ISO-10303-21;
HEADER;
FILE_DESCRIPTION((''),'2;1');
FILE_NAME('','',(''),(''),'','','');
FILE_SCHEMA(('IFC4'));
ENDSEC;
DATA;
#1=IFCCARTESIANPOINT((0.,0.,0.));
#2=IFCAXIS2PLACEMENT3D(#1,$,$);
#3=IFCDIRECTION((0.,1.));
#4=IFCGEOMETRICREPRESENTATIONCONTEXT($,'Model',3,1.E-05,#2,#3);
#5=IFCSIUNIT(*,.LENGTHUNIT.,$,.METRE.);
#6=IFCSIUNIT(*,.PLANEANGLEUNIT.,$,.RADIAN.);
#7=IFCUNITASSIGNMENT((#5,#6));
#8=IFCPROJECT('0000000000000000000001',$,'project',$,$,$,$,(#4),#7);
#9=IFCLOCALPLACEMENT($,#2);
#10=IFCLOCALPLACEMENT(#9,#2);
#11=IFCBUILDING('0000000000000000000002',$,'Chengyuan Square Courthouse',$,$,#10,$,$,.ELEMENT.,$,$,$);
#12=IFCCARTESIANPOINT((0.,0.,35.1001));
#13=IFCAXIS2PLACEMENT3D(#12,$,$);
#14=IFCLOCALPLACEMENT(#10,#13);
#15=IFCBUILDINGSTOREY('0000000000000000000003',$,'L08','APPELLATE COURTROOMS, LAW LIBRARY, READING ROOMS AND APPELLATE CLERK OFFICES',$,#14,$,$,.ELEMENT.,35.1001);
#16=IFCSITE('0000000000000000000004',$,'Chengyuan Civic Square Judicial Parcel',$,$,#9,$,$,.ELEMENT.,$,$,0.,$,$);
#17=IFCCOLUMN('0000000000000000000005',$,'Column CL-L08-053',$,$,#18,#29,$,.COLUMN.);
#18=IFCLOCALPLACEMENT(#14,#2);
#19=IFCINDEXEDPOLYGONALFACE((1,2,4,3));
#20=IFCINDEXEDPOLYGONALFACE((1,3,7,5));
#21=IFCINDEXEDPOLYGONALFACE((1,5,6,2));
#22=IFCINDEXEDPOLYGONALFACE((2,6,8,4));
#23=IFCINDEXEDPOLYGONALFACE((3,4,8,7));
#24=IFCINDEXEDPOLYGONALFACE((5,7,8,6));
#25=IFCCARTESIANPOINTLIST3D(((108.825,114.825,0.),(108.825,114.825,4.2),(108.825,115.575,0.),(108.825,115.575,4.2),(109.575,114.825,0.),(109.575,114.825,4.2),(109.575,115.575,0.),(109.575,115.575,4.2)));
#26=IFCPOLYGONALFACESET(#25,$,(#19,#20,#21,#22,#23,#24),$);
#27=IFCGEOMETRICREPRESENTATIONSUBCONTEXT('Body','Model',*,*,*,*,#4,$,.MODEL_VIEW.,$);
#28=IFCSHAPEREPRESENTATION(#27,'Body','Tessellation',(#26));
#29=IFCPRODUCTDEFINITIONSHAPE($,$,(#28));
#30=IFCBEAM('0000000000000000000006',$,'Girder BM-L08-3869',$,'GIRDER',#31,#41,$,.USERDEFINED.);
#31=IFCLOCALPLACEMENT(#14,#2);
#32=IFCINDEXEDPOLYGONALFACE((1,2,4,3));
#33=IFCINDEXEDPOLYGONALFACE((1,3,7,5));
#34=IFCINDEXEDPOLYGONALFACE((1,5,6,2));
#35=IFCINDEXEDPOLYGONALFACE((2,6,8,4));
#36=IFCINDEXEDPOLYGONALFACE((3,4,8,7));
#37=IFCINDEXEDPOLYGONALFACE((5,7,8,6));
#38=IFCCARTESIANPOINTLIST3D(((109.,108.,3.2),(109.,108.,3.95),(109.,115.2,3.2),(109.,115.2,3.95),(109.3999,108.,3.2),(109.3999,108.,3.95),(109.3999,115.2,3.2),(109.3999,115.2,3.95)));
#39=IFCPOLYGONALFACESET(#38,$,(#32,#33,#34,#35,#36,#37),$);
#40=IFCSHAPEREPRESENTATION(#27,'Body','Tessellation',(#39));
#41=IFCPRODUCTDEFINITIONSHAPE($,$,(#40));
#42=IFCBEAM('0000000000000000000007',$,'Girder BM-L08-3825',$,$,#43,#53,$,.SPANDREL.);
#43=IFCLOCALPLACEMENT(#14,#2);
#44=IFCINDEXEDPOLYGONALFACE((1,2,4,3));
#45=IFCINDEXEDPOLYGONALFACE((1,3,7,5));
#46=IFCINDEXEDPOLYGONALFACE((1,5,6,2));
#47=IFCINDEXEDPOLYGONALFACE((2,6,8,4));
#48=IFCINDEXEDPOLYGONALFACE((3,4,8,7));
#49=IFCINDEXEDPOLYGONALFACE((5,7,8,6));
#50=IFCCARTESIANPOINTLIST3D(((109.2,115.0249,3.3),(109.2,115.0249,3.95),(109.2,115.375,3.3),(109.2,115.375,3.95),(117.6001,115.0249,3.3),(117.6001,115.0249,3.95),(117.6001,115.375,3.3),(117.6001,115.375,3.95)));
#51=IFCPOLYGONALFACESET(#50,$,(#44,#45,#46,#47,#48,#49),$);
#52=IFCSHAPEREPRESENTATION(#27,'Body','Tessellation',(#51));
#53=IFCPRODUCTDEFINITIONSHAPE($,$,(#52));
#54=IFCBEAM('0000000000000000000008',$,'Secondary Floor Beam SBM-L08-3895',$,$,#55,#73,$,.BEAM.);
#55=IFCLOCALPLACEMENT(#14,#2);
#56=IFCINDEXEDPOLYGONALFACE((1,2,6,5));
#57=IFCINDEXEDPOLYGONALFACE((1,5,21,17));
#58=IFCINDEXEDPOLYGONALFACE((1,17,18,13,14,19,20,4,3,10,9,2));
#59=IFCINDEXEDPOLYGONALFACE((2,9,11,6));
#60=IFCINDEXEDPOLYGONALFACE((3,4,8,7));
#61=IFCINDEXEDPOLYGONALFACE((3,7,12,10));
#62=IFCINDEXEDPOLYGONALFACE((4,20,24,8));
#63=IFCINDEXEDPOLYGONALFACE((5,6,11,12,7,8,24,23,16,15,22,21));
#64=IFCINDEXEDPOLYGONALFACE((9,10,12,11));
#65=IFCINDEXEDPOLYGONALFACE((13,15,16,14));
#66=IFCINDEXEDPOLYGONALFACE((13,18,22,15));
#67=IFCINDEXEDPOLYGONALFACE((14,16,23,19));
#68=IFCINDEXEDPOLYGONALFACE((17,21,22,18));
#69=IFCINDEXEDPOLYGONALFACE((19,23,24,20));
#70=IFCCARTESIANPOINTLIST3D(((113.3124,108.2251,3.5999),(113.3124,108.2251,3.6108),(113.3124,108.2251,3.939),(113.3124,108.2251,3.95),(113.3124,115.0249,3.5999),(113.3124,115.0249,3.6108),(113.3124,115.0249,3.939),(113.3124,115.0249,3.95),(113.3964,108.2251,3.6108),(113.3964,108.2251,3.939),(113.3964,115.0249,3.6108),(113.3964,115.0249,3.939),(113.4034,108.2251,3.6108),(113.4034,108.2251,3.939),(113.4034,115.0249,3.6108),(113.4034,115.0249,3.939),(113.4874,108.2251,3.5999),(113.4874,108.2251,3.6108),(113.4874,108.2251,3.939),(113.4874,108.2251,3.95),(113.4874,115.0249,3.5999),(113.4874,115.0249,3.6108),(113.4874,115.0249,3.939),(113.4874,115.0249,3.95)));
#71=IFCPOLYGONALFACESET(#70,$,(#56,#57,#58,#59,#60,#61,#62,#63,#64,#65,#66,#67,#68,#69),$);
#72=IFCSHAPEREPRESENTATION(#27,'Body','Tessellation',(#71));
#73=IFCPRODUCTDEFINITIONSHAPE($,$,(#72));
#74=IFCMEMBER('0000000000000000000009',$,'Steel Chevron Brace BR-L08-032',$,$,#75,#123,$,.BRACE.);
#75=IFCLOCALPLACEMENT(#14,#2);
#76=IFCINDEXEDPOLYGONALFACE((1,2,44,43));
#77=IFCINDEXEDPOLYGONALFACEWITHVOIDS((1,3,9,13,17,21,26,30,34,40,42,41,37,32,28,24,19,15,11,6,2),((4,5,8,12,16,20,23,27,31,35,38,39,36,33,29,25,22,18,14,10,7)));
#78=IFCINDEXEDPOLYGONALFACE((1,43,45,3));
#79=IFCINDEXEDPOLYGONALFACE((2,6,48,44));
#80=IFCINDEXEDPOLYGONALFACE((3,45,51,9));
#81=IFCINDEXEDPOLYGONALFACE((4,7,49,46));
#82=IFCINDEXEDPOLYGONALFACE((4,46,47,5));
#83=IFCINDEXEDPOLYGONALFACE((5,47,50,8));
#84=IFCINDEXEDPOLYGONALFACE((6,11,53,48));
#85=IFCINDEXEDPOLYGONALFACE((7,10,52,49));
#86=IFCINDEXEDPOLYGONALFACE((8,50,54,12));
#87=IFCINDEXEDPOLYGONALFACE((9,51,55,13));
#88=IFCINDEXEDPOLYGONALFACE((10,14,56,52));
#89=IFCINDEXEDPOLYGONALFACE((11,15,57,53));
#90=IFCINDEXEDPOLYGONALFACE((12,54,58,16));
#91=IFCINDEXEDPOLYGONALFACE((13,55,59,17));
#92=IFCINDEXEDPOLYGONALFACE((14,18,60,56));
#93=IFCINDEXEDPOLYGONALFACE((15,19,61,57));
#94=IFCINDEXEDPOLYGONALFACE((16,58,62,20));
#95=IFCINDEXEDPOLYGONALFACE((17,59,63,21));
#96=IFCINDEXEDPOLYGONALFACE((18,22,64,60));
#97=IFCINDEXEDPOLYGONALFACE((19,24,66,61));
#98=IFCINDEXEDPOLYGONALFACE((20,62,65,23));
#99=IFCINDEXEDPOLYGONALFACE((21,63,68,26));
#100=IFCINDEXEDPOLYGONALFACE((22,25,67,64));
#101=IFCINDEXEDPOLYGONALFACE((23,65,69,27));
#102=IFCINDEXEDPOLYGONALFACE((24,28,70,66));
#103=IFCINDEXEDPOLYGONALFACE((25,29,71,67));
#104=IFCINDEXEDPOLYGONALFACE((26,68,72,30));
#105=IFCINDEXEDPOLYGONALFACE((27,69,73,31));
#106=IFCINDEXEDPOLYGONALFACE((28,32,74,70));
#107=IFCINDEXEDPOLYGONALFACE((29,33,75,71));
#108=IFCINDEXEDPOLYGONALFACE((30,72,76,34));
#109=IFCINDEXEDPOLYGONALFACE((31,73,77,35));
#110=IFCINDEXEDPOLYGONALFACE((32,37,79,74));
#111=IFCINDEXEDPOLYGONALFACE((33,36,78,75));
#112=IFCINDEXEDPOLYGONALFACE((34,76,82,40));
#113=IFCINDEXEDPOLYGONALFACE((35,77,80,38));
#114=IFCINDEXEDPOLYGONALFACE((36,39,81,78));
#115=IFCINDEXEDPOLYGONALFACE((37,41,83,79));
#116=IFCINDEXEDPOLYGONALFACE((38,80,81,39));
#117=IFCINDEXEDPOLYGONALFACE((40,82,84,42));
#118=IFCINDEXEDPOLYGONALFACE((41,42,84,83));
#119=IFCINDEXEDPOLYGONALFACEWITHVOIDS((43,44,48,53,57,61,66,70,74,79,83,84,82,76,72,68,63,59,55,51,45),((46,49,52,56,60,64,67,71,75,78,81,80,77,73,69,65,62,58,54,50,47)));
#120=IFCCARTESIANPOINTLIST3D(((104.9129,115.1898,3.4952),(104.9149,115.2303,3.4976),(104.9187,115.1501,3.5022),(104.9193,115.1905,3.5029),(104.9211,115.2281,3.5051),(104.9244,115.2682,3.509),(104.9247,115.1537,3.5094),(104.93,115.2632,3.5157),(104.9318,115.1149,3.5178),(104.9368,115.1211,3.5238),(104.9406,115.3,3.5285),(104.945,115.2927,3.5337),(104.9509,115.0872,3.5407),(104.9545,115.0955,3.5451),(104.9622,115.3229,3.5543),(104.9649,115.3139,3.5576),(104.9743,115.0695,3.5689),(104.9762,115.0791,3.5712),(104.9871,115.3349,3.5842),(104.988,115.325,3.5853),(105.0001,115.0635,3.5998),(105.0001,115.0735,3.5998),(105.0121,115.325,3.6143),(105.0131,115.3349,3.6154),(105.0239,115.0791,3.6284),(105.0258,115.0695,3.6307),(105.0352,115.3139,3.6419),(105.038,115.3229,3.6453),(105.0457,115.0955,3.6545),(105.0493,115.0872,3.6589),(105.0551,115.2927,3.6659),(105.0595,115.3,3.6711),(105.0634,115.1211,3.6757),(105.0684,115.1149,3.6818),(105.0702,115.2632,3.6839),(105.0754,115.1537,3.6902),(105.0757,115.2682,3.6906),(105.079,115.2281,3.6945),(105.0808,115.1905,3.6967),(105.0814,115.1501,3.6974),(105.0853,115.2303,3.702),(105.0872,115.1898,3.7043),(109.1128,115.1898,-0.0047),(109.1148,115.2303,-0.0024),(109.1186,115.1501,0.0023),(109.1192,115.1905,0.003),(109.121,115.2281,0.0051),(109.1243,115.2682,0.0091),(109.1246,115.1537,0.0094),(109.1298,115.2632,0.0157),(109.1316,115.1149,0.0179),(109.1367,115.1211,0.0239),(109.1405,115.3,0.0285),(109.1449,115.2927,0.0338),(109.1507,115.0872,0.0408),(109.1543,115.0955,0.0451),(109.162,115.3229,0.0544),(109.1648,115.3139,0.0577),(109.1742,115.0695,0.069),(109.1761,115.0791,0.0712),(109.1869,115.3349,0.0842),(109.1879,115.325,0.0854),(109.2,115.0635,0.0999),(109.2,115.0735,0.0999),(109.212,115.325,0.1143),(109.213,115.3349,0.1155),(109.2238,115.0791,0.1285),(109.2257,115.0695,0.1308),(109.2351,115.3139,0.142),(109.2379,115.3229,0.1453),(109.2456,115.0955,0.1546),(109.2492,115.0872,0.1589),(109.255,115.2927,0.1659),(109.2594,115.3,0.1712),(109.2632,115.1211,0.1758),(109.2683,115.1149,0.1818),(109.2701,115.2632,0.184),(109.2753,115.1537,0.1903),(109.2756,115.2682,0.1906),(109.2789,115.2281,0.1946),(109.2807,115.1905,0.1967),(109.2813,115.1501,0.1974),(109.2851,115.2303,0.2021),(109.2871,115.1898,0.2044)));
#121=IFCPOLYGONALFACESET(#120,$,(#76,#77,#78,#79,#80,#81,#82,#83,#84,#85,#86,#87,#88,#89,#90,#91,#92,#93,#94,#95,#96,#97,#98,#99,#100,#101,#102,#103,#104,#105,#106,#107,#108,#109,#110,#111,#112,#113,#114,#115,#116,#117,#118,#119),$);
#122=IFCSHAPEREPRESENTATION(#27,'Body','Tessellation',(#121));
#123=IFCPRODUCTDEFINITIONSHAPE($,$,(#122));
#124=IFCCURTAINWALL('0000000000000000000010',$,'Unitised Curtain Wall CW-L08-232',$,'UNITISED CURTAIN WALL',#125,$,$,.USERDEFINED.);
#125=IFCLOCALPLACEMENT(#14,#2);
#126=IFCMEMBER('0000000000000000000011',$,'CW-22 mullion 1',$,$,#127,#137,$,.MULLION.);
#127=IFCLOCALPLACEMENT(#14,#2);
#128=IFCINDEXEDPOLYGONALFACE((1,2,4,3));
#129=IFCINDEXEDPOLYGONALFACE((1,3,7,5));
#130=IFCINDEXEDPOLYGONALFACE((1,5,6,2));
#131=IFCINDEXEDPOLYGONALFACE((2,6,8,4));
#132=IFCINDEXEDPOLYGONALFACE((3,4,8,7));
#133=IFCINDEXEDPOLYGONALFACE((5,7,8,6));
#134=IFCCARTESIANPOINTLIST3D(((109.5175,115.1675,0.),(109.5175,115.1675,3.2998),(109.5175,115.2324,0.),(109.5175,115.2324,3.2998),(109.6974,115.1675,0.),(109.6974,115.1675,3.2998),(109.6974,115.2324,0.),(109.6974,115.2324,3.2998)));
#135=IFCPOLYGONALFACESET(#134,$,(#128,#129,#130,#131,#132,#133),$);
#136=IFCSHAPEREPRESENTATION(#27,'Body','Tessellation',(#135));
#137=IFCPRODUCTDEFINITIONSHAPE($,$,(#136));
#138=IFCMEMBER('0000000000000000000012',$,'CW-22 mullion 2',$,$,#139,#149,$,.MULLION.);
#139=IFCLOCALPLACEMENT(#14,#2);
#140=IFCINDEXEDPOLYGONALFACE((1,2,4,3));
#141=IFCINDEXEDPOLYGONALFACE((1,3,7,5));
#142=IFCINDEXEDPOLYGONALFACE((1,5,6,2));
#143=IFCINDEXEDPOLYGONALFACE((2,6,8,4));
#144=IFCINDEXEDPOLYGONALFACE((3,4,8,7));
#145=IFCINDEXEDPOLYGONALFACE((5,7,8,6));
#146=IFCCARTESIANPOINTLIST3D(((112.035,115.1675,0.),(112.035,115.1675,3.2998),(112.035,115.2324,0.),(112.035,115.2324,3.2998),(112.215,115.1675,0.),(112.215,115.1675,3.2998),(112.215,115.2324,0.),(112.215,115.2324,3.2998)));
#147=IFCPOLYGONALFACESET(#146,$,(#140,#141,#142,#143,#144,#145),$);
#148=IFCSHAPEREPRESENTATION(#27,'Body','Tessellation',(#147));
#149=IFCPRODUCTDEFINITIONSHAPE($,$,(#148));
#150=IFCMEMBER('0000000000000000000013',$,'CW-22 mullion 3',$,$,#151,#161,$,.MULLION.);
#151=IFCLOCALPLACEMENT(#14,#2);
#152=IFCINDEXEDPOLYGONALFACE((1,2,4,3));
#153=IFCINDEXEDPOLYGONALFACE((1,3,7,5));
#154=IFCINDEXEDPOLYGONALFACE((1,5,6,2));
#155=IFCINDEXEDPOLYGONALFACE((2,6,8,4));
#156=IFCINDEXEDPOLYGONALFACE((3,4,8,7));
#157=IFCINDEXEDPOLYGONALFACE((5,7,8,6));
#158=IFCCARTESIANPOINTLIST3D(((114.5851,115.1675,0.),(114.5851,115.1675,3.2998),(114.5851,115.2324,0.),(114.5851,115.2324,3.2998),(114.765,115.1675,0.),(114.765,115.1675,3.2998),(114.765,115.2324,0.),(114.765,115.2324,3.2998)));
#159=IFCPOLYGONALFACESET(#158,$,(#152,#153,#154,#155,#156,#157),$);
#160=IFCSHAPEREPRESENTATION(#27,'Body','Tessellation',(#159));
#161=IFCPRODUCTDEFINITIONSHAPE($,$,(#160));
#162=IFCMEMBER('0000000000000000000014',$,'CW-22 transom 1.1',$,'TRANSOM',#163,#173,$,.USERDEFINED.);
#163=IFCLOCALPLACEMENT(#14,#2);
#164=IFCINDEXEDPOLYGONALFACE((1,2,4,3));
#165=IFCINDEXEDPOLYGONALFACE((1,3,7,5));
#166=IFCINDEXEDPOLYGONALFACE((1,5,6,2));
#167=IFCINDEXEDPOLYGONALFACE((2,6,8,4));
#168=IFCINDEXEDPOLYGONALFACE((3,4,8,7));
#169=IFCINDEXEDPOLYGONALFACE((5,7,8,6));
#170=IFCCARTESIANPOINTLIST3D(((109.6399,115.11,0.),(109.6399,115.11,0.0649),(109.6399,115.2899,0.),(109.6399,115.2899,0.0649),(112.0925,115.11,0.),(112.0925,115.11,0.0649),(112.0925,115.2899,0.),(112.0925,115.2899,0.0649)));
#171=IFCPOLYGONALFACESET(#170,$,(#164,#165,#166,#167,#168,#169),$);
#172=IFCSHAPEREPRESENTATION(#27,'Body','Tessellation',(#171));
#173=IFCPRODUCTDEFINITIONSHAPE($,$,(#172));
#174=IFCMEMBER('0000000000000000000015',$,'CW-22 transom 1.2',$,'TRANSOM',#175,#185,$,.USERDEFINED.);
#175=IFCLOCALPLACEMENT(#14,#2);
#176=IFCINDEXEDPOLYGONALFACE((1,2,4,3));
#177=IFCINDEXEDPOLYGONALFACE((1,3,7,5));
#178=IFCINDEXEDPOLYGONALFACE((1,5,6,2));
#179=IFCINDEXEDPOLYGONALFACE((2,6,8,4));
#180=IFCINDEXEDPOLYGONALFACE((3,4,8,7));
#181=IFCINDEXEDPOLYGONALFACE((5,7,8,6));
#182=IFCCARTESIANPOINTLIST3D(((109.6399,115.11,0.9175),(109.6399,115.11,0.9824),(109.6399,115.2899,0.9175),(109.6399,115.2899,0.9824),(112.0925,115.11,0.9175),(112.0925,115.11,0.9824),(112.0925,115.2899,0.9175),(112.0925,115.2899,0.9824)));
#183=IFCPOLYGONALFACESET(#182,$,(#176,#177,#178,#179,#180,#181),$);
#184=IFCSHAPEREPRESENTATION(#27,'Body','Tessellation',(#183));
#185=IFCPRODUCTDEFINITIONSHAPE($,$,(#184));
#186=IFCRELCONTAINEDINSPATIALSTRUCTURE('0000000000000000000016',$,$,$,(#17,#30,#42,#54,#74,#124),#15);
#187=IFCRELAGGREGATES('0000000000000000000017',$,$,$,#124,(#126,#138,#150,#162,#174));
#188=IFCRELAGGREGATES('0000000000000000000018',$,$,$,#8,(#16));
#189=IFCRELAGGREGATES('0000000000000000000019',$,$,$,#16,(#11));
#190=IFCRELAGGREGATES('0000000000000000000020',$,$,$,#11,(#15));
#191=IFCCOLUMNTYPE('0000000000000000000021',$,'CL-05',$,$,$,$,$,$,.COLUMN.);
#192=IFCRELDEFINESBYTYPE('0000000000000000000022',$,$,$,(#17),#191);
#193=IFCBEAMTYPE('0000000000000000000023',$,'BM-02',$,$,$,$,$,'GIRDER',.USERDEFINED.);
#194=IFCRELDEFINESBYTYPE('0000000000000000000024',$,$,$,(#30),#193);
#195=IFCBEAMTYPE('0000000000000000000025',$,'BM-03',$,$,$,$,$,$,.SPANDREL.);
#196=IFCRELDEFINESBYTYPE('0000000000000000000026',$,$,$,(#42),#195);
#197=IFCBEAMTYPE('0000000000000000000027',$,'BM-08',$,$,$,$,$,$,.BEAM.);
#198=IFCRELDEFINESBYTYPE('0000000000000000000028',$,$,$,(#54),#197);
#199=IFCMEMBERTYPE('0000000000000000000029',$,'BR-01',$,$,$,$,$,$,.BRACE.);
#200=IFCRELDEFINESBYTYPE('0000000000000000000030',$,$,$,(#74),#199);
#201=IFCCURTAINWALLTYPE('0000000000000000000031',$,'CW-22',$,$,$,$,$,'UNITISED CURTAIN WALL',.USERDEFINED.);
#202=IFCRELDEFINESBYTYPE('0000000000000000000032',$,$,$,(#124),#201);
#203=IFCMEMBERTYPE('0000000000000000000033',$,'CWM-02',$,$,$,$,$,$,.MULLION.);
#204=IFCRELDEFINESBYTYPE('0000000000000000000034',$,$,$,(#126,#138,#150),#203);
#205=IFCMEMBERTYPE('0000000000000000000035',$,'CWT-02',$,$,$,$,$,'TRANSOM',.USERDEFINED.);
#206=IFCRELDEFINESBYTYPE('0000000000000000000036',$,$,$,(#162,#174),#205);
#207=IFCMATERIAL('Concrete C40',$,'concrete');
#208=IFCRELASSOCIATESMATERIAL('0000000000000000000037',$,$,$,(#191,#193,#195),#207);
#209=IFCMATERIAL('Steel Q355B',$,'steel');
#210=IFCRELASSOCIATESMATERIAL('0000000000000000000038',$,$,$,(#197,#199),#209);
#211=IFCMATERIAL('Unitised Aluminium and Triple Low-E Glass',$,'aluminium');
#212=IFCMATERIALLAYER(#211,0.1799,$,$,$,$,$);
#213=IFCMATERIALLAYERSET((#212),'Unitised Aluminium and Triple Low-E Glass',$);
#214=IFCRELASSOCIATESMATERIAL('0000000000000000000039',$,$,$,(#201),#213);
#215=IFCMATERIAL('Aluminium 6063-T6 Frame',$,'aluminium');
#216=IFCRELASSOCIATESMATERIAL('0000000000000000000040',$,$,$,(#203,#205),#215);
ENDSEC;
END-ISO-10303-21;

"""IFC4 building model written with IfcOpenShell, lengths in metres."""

from ifc_helpers import new_model, si_unit, direction, frame, origin, origin_2d, place, context, subcontext, project, spatial, rectangle, hollow_circle, i_section, extrude, material, layer, layer_set, material_profile, profile_set, type_object, element, aggregate, save


model = new_model("IFC4")

# Units and contexts
model_context = context("Model", 3, precision=1e-05, world=origin(), true_north=direction((0.0, 1.0)))
body_context = subcontext(model_context, "Body", "Model", "MODEL_VIEW")
ifc_project = project(units=[si_unit("LENGTHUNIT", "METRE"), si_unit("PLANEANGLEUNIT", "RADIAN")], contexts=[model_context])

# Site, building, storey
site_placement = place(None, origin())
site = spatial("IfcSite", under=ifc_project, at=site_placement, Name="Chengyuan Civic Square Judicial Parcel", CompositionType="ELEMENT", RefElevation=0.0)
building_placement = place(site_placement, origin())
building = spatial("IfcBuilding", under=site, at=building_placement, Name="Chengyuan Square Courthouse", CompositionType="ELEMENT")
storey_placement = place(building_placement, frame((0.0, 0.0, 35.1001)))
storey = spatial("IfcBuildingStorey", under=building, at=storey_placement, Name="L08", Description="APPELLATE COURTROOMS, LAW LIBRARY, READING ROOMS AND APPELLATE CLERK OFFICES", CompositionType="ELEMENT", Elevation=35.1001)

# Column
ifc_material_1 = material(Name="Concrete C40", Category="concrete")
ifc_material_profile_1 = material_profile(ifc_material_1, rectangle(XDim=0.75, YDim=0.75, at=origin_2d()), Name="RC-COL-750x750")
ifc_profile_set_1 = profile_set([ifc_material_profile_1], Name="Concrete C40")
column_type = type_object("IfcColumnType", Name="CL-05", PredefinedType="COLUMN", material=ifc_profile_set_1)
column_placement = place(storey_placement, frame((109.2, 115.2, 0.0), z_axis=(0.0, 0.0, 1.0), x_axis=(1.0, 0.0, 0.0)))
element("IfcColumn", 1, at=column_placement, inside=storey, type_object=column_type, Name="Column CL-L08-053", PredefinedType="COLUMN", context=body_context, shape_type="SweptSolid", body=[
    extrude(rectangle(XDim=0.75, YDim=0.75, at=origin_2d()), origin(), (0.0, 0.0, 1.0), 4.2),
])

# Beams
ifc_material_profile_2 = material_profile(ifc_material_1, rectangle(XDim=0.3999, YDim=0.75, at=origin_2d()), Name="RC-BM-400x750")
ifc_profile_set_2 = profile_set([ifc_material_profile_2], Name="Concrete C40")
beam_type_1 = type_object("IfcBeamType", Name="BM-02", ElementType="GIRDER", PredefinedType="USERDEFINED", material=ifc_profile_set_2)
beam_1_placement = place(storey_placement, frame((109.2, 108.0, 3.575), z_axis=(0.0, 1.0, 0.0), x_axis=(-1.0, 0.0, 0.0)))
element("IfcBeam", 2, at=beam_1_placement, inside=storey, type_object=beam_type_1, Name="Girder BM-L08-3869", ObjectType="GIRDER", PredefinedType="USERDEFINED", context=body_context, shape_type="SweptSolid", body=[
    extrude(rectangle(XDim=0.3999, YDim=0.75, at=origin_2d()), origin(), (0.0, 0.0, 1.0), 7.2),
])
ifc_material_profile_3 = material_profile(ifc_material_1, rectangle(XDim=0.3501, YDim=0.6499, at=origin_2d()), Name="RC-BM-350x650")
ifc_profile_set_3 = profile_set([ifc_material_profile_3], Name="Concrete C40")
beam_type_2 = type_object("IfcBeamType", Name="BM-03", PredefinedType="SPANDREL", material=ifc_profile_set_3)
beam_2_placement = place(storey_placement, frame((109.2, 115.2, 3.625), z_axis=(1.0, 0.0, 0.0), x_axis=(0.0, 1.0, 0.0)))
element("IfcBeam", 3, at=beam_2_placement, inside=storey, type_object=beam_type_2, Name="Girder BM-L08-3825", PredefinedType="SPANDREL", context=body_context, shape_type="SweptSolid", body=[
    extrude(rectangle(XDim=0.3501, YDim=0.6499, at=origin_2d()), origin(), (0.0, 0.0, 1.0), 8.4001),
])
ifc_material_2 = material(Name="Steel Q355B", Category="steel")
ifc_material_profile_4 = material_profile(ifc_material_2, i_section(OverallWidth=0.175, OverallDepth=0.3501, WebThickness=0.0071, FlangeThickness=0.011, at=origin_2d()), Name="HN 350x175x7x11")
ifc_profile_set_4 = profile_set([ifc_material_profile_4], Name="Steel Q355B")
beam_type_3 = type_object("IfcBeamType", Name="BM-08", PredefinedType="BEAM", material=ifc_profile_set_4)
beam_3_placement = place(storey_placement, frame((113.3999, 108.2251, 3.7749), z_axis=(0.0, 1.0, 0.0), x_axis=(-1.0, 0.0, 0.0)))
element("IfcBeam", 4, at=beam_3_placement, inside=storey, type_object=beam_type_3, Name="Secondary Floor Beam SBM-L08-3895", PredefinedType="BEAM", context=body_context, shape_type="SweptSolid", body=[
    extrude(i_section(OverallWidth=0.175, OverallDepth=0.3501, WebThickness=0.0071, FlangeThickness=0.011, at=origin_2d()), origin(), (0.0, 0.0, 1.0), 6.7998),
])

# Member
ifc_material_profile_5 = material_profile(ifc_material_2, hollow_circle(Radius=0.1365, WallThickness=0.01, at=origin_2d()), Name="CHS 273x10")
ifc_profile_set_5 = profile_set([ifc_material_profile_5], Name="Steel Q355B")
member_type_1 = type_object("IfcMemberType", Name="BR-01", PredefinedType="BRACE", material=ifc_profile_set_5)
member_1_placement = place(storey_placement, frame((109.2, 115.2, 0.0999), z_axis=(-0.768218, 0.0, 0.640189), x_axis=(0.0, -1.0, 0.0)))
element("IfcMember", 5, at=member_1_placement, inside=storey, type_object=member_type_1, Name="Steel Chevron Brace BR-L08-032", PredefinedType="BRACE", context=body_context, shape_type="SweptSolid", body=[
    extrude(hollow_circle(Radius=0.1365, WallThickness=0.01, at=origin_2d()), origin(), (0.0, 0.0, 1.0), 5.467),
])

# Curtain wall, members
ifc_material_3 = material(Name="Unitised Aluminium and Triple Low-E Glass", Category="aluminium")
ifc_layer_1 = layer(ifc_material_3, 0.1799)
ifc_layer_set_1 = layer_set([ifc_layer_1], Name="Unitised Aluminium and Triple Low-E Glass")
curtain_wall_type = type_object("IfcCurtainWallType", Name="CW-22", ElementType="UNITISED CURTAIN WALL", PredefinedType="USERDEFINED", material=ifc_layer_set_1)
curtain_wall_placement = place(storey_placement, origin())
curtain_wall = element("IfcCurtainWall", 6, at=curtain_wall_placement, inside=storey, type_object=curtain_wall_type, Name="Unitised Curtain Wall CW-L08-232", ObjectType="UNITISED CURTAIN WALL", PredefinedType="USERDEFINED")
ifc_material_4 = material(Name="Aluminium 6063-T6 Frame", Category="aluminium")
ifc_material_profile_6 = material_profile(ifc_material_4, rectangle(XDim=0.0649, YDim=0.1799, at=origin_2d()), Name="CW-MUL-65x180")
ifc_profile_set_6 = profile_set([ifc_material_profile_6], Name="Aluminium 6063-T6 Frame")
member_type_2 = type_object("IfcMemberType", Name="CWM-02", PredefinedType="MULLION", material=ifc_profile_set_6)
member_2_placement = place(storey_placement, frame((109.6074, 115.2, 0.0), z_axis=(0.0, 0.0, 1.0), x_axis=(0.0, 1.0, 0.0)))
member_2 = element("IfcMember", 7, at=member_2_placement, type_object=member_type_2, Name="CW-22 mullion 1", PredefinedType="MULLION", context=body_context, shape_type="SweptSolid", body=[
    extrude(rectangle(XDim=0.0649, YDim=0.1799, at=origin_2d()), origin(), (0.0, 0.0, 1.0), 3.2998),
])
member_3_placement = place(storey_placement, frame((112.125, 115.2, 0.0), z_axis=(0.0, 0.0, 1.0), x_axis=(0.0, 1.0, 0.0)))
member_3 = element("IfcMember", 8, at=member_3_placement, type_object=member_type_2, Name="CW-22 mullion 2", PredefinedType="MULLION", context=body_context, shape_type="SweptSolid", body=[
    extrude(rectangle(XDim=0.0649, YDim=0.1799, at=origin_2d()), origin(), (0.0, 0.0, 1.0), 3.2998),
])
member_4_placement = place(storey_placement, frame((114.675, 115.2, 0.0), z_axis=(0.0, 0.0, 1.0), x_axis=(0.0, 1.0, 0.0)))
member_4 = element("IfcMember", 9, at=member_4_placement, type_object=member_type_2, Name="CW-22 mullion 3", PredefinedType="MULLION", context=body_context, shape_type="SweptSolid", body=[
    extrude(rectangle(XDim=0.0649, YDim=0.1799, at=origin_2d()), origin(), (0.0, 0.0, 1.0), 3.2998),
])
ifc_material_profile_7 = material_profile(ifc_material_4, rectangle(XDim=0.1799, YDim=0.0649, at=origin_2d()), Name="CW-TRN-65x140")
ifc_profile_set_7 = profile_set([ifc_material_profile_7], Name="Aluminium 6063-T6 Frame")
member_type_3 = type_object("IfcMemberType", Name="CWT-02", ElementType="TRANSOM", PredefinedType="USERDEFINED", material=ifc_profile_set_7)
member_5_placement = place(storey_placement, frame((109.6399, 115.2, 0.0325), z_axis=(1.0, 0.0, 0.0), x_axis=(0.0, 1.0, 0.0)))
member_5 = element("IfcMember", 10, at=member_5_placement, type_object=member_type_3, Name="CW-22 transom 1.1", ObjectType="TRANSOM", PredefinedType="USERDEFINED", context=body_context, shape_type="SweptSolid", body=[
    extrude(rectangle(XDim=0.1799, YDim=0.0649, at=origin_2d()), origin(), (0.0, 0.0, 1.0), 2.4526),
])
member_6_placement = place(storey_placement, frame((109.6399, 115.2, 0.95), z_axis=(1.0, 0.0, 0.0), x_axis=(0.0, 1.0, 0.0)))
member_6 = element("IfcMember", 11, at=member_6_placement, type_object=member_type_3, Name="CW-22 transom 1.2", ObjectType="TRANSOM", PredefinedType="USERDEFINED", context=body_context, shape_type="SweptSolid", body=[
    extrude(rectangle(XDim=0.1799, YDim=0.0649, at=origin_2d()), origin(), (0.0, 0.0, 1.0), 2.4526),
])
aggregate(curtain_wall, [member_2, member_3, member_4, member_5, member_6])

save(model, "model.ifc")
